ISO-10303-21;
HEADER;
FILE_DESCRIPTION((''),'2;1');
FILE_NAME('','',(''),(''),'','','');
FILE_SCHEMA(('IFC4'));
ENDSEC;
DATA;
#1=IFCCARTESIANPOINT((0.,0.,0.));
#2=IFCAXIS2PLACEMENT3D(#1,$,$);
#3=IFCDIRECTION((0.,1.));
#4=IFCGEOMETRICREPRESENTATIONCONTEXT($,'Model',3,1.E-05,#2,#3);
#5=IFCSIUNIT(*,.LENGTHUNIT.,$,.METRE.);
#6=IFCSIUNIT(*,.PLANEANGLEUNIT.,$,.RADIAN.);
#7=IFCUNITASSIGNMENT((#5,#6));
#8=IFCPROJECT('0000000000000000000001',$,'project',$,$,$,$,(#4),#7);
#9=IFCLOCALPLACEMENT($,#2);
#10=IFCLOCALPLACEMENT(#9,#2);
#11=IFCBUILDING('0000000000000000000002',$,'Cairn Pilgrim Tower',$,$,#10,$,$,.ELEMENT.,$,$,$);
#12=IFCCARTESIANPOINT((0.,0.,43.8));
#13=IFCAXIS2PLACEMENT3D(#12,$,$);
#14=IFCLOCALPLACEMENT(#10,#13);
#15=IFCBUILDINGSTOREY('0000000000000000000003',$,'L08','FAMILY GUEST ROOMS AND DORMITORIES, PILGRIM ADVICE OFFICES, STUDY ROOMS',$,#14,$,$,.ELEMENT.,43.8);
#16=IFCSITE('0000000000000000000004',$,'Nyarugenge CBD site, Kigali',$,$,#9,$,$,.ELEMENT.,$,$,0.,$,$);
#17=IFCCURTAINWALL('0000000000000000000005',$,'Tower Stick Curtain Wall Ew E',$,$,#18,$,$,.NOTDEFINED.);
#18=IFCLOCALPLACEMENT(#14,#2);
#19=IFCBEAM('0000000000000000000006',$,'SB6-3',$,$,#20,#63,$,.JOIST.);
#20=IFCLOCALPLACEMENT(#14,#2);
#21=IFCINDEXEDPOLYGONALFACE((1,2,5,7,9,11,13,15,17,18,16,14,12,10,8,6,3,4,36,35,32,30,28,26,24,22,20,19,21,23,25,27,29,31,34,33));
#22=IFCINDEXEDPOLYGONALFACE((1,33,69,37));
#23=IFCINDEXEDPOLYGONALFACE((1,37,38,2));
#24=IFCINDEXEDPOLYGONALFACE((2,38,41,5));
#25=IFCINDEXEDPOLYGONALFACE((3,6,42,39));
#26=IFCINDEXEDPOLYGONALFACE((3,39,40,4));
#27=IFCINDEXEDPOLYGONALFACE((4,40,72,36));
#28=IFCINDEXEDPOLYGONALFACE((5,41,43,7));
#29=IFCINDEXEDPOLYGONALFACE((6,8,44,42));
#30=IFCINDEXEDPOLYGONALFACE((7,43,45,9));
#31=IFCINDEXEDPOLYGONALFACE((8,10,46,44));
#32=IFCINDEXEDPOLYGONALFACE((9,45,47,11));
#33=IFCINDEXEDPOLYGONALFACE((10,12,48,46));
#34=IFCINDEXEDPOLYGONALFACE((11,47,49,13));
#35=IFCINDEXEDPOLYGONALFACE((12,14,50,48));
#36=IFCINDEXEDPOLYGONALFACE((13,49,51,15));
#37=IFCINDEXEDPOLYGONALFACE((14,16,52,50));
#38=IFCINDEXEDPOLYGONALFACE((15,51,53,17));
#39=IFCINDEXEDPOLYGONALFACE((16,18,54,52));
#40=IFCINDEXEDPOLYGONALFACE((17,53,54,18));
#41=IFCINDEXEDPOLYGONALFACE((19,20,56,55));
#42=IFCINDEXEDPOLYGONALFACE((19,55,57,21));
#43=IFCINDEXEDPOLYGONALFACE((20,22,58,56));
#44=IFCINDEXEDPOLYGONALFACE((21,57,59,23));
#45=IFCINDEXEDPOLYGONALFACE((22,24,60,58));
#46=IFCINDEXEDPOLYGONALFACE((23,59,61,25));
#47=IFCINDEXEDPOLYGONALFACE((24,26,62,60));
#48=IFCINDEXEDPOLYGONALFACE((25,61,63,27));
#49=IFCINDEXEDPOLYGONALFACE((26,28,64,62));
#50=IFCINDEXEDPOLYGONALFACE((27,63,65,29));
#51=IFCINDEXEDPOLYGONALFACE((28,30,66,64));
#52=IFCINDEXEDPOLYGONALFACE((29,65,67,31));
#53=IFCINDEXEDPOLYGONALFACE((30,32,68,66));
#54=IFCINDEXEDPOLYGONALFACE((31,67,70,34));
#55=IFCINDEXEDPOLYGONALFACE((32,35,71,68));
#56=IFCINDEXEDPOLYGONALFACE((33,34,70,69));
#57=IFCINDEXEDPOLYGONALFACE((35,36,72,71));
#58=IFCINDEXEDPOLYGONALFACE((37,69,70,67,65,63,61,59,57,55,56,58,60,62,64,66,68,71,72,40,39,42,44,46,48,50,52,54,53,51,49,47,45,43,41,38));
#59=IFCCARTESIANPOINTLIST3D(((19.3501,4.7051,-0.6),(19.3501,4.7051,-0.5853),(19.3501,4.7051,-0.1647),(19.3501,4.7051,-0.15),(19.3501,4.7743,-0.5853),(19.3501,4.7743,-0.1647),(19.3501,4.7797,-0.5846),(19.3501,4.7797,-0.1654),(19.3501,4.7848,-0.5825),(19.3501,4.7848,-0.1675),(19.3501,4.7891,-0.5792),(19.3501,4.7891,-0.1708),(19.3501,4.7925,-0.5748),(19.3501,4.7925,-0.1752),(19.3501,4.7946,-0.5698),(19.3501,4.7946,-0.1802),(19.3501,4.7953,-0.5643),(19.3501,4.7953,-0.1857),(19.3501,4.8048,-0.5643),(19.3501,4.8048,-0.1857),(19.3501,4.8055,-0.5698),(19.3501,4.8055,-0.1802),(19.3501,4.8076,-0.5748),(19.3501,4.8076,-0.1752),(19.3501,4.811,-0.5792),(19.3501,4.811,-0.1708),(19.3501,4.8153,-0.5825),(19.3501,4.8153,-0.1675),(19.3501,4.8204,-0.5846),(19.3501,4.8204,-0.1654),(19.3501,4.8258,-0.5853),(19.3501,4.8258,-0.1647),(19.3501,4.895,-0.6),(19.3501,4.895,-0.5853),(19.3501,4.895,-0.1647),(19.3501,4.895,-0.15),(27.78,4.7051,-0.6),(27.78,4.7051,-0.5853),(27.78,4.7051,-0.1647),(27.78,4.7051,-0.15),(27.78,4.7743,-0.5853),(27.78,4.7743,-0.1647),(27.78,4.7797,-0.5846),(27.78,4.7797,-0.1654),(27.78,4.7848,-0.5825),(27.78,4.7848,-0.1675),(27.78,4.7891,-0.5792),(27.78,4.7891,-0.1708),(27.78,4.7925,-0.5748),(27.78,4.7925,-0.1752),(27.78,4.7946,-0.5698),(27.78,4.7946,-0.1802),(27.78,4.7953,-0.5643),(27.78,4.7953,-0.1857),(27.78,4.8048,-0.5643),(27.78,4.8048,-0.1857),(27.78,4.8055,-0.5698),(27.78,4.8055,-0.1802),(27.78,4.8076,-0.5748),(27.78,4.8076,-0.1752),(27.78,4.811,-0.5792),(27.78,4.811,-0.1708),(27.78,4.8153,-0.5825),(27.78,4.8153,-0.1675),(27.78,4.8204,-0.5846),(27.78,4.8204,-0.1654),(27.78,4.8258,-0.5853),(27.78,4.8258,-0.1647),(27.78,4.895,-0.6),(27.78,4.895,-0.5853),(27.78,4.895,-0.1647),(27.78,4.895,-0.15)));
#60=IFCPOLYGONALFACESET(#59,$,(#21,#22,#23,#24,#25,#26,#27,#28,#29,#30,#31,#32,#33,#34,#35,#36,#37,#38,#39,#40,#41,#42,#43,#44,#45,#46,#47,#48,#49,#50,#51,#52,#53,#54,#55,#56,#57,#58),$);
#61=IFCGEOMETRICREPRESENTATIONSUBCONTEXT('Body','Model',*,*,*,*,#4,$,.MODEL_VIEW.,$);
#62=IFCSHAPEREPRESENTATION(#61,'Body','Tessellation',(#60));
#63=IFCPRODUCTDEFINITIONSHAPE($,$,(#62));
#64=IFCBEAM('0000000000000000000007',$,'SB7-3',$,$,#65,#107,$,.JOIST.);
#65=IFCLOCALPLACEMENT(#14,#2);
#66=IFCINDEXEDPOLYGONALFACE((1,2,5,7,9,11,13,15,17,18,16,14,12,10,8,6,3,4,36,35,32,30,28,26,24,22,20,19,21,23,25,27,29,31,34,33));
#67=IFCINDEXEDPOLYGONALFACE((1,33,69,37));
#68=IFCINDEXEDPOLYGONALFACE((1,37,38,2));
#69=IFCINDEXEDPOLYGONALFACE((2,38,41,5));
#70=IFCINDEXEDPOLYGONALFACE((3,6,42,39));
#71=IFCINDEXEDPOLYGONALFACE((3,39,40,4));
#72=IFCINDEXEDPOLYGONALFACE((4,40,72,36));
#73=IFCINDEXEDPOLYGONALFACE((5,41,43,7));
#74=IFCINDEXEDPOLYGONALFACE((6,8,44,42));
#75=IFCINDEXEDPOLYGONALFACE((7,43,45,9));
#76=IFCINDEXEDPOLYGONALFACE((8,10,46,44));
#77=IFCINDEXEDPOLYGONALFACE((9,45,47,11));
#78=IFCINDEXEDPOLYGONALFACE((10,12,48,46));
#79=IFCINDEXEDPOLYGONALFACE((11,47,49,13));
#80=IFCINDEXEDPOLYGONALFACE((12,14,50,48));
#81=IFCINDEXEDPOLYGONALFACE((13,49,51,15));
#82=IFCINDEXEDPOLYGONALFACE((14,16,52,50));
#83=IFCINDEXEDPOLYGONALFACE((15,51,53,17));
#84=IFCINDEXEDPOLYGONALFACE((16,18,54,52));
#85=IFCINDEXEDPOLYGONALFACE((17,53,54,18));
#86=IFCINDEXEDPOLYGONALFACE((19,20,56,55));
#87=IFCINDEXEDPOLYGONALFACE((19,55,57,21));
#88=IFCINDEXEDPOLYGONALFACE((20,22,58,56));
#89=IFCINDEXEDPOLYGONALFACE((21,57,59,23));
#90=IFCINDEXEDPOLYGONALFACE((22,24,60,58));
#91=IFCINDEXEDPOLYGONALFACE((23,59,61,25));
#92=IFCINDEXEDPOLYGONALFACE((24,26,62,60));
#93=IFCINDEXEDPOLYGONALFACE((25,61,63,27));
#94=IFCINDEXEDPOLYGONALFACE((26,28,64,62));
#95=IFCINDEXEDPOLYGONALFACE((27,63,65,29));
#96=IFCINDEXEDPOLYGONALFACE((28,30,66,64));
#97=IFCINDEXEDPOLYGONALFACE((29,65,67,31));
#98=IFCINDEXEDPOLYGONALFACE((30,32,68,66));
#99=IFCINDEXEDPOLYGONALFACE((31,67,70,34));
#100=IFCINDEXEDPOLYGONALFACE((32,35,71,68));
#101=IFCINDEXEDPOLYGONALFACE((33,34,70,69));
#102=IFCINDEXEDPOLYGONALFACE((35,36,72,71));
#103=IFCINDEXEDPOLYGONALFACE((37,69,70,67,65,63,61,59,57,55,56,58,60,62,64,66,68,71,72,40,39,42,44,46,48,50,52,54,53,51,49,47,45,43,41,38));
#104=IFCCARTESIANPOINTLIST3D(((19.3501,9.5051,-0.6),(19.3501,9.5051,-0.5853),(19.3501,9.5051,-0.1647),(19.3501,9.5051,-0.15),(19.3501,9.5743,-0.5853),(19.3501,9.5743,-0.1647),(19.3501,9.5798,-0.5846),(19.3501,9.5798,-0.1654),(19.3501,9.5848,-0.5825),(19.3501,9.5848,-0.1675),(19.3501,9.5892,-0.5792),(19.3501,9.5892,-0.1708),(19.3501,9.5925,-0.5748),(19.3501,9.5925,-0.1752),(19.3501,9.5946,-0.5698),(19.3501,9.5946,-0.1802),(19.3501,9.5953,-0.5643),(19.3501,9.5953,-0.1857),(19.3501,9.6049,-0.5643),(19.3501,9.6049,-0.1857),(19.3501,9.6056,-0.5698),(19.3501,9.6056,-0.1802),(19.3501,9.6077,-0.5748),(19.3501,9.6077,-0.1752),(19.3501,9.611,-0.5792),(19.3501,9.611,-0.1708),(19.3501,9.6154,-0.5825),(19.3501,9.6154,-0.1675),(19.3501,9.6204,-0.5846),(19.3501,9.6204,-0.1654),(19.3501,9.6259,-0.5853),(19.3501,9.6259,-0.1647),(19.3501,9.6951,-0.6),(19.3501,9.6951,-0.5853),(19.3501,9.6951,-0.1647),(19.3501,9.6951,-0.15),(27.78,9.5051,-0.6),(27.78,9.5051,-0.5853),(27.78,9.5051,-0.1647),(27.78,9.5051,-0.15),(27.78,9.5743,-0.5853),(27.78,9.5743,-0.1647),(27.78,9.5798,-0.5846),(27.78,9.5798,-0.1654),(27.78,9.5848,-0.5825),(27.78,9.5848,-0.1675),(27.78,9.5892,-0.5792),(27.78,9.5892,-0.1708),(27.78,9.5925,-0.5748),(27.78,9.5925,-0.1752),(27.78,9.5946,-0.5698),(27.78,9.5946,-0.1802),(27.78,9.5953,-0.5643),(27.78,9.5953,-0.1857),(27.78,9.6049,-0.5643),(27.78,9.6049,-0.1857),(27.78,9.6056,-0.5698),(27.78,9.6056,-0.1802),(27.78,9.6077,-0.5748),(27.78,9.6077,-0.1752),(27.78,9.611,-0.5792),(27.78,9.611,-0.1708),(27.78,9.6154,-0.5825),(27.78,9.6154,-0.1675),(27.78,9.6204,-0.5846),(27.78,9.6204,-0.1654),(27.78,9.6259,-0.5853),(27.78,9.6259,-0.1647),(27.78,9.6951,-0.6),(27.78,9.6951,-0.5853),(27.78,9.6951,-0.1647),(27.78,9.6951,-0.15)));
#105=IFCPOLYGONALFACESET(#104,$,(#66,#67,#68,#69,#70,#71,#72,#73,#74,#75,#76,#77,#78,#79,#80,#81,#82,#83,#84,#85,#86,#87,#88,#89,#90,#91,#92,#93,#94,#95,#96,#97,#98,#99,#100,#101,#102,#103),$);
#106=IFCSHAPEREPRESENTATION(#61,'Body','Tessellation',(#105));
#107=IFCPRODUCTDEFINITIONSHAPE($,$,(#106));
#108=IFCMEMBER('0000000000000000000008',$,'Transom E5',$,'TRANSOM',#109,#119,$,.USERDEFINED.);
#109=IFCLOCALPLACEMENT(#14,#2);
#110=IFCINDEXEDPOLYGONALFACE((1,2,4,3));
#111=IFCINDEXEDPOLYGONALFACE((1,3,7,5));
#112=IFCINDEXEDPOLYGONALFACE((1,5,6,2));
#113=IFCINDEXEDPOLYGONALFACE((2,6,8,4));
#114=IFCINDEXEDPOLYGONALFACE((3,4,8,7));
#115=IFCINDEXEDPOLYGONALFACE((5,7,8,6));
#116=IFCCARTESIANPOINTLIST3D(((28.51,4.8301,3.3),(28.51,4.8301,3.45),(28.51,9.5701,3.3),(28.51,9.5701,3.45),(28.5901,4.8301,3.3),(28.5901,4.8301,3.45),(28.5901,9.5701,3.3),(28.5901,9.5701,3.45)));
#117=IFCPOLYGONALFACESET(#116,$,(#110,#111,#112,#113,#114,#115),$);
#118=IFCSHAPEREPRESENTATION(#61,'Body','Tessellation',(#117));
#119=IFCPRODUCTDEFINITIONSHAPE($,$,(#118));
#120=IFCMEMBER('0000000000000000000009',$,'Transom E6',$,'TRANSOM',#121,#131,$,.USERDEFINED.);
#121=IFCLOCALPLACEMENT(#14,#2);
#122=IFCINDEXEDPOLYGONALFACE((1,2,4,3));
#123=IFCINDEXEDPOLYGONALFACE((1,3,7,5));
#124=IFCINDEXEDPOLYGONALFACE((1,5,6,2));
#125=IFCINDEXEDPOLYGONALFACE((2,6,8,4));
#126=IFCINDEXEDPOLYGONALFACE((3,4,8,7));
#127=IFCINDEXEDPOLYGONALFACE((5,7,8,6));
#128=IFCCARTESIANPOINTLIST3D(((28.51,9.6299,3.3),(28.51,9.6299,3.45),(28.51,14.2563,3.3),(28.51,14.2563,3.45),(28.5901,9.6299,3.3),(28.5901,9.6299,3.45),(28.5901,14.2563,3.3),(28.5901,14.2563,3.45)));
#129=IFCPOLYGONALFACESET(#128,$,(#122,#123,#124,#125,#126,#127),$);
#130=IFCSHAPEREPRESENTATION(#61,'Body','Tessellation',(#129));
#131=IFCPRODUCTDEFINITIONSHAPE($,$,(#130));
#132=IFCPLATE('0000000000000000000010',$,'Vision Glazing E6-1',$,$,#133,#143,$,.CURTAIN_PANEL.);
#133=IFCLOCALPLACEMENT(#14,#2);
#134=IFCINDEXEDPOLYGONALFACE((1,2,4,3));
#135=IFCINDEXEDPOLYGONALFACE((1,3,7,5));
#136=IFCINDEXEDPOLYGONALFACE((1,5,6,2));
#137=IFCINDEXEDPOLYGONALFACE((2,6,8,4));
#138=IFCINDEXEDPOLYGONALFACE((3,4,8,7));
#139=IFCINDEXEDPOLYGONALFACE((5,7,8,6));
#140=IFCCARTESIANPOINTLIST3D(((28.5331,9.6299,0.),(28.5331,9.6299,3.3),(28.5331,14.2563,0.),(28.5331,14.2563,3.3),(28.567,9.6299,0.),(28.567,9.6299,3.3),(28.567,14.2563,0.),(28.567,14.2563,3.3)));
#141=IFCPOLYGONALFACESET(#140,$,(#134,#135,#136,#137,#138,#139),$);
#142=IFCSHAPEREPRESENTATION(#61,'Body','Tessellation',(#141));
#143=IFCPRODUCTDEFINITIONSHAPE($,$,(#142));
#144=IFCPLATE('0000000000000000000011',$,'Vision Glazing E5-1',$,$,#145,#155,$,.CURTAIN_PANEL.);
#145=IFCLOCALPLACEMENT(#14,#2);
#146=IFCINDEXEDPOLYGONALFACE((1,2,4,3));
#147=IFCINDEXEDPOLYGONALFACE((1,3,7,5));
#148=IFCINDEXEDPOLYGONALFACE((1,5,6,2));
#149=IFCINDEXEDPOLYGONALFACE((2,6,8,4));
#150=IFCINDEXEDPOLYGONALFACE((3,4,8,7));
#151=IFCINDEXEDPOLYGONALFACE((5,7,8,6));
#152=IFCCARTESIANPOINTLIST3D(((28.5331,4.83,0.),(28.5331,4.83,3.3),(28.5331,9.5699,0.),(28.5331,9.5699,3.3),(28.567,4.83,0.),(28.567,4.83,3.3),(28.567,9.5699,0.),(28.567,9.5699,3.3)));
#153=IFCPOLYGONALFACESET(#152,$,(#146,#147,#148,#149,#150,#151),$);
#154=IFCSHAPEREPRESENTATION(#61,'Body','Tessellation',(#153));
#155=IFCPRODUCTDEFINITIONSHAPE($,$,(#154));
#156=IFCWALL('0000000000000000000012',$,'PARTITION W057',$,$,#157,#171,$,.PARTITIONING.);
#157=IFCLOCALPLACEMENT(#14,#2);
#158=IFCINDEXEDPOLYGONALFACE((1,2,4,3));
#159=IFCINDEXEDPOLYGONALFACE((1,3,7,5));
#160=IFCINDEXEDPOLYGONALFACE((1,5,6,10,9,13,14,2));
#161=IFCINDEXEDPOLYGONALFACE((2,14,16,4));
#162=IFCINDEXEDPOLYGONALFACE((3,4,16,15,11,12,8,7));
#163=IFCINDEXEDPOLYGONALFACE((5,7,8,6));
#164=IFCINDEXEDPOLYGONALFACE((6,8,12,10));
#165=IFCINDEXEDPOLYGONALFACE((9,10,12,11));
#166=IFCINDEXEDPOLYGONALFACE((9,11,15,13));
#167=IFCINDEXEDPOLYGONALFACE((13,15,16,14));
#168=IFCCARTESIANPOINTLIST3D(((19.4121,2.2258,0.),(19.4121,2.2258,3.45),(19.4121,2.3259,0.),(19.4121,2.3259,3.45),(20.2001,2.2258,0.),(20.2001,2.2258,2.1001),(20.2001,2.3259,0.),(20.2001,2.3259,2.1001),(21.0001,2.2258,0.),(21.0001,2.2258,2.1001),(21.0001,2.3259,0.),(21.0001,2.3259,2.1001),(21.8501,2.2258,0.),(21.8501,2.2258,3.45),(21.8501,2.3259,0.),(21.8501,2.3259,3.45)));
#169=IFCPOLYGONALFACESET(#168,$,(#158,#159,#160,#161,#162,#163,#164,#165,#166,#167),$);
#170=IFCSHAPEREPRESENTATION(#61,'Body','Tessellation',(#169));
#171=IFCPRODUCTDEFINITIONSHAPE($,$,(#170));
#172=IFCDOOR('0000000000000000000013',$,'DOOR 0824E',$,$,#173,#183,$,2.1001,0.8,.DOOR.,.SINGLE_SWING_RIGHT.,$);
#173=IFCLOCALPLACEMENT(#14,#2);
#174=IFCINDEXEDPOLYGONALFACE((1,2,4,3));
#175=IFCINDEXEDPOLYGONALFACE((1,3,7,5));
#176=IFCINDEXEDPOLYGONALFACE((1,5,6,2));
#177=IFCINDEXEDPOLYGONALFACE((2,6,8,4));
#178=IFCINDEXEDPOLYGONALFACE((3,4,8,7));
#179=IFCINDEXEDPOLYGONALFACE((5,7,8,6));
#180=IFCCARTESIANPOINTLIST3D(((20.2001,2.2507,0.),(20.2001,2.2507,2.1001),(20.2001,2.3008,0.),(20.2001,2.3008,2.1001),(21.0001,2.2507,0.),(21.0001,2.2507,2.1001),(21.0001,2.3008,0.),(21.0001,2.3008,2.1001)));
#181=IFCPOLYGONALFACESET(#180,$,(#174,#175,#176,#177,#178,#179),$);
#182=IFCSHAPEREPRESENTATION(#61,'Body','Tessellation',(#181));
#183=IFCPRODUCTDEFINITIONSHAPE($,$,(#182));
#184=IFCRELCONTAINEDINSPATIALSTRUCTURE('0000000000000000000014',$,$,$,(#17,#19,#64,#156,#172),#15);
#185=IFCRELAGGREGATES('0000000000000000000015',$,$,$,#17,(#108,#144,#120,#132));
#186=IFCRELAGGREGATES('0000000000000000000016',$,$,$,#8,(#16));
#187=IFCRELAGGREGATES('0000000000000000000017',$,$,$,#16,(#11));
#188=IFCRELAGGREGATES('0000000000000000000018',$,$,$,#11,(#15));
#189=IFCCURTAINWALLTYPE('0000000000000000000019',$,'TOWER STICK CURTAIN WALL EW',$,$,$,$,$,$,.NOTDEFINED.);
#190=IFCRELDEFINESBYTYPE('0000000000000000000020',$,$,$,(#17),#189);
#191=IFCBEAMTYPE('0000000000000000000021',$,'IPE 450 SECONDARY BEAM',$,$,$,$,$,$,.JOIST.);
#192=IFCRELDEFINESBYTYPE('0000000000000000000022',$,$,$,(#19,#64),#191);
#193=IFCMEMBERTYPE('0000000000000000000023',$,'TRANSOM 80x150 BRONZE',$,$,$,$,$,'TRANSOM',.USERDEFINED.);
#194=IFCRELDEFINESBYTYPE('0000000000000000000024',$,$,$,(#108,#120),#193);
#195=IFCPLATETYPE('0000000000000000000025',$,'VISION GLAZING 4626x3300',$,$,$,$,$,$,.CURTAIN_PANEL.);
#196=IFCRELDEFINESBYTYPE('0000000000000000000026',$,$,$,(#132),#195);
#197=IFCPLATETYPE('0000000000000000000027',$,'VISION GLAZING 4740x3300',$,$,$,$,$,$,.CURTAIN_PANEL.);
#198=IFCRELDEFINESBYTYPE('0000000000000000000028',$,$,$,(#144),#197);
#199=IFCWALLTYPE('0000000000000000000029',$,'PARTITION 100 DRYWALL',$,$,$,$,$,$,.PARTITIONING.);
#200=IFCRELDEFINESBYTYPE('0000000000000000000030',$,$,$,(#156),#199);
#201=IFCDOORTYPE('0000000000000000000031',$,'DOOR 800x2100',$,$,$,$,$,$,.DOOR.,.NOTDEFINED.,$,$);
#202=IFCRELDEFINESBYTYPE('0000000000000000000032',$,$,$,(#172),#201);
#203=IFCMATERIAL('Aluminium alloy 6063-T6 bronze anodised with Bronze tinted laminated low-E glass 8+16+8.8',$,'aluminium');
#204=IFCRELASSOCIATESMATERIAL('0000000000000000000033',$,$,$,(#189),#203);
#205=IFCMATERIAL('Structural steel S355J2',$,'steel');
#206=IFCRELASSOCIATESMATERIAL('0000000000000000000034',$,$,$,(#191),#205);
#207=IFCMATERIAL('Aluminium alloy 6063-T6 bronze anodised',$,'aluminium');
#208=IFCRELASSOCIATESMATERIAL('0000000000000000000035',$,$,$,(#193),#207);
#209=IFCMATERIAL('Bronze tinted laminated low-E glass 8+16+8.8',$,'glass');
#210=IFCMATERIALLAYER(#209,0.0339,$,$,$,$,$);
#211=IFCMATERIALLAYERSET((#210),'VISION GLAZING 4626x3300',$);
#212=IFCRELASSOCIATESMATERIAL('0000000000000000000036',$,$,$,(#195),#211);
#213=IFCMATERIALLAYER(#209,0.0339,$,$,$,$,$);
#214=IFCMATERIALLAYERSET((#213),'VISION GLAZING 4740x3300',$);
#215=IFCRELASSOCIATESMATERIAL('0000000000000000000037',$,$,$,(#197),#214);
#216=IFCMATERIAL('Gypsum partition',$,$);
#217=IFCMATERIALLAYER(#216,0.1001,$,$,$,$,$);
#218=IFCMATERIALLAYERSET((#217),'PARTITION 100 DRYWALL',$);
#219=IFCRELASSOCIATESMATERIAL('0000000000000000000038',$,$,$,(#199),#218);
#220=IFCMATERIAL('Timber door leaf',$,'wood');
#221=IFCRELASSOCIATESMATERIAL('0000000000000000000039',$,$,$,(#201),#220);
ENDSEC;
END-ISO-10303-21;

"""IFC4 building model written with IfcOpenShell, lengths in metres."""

from ifc_helpers import new_model, si_unit, direction, frame, frame_2d, origin, origin_2d, place, context, subcontext, project, spatial, rectangle, i_section, extrude, material, layer, layer_set, material_profile, profile_set, type_object, element, fill, aggregate, save


model = new_model("IFC4")

# Units and contexts
model_context = context("Model", 3, precision=1e-05, world=origin(), true_north=direction((0.0, 1.0)))
body_context = subcontext(model_context, "Body", "Model", "MODEL_VIEW")
ifc_project = project(units=[si_unit("LENGTHUNIT", "METRE"), si_unit("PLANEANGLEUNIT", "RADIAN")], contexts=[model_context])

# Site, building, storey
site_placement = place(None, origin())
site = spatial("IfcSite", under=ifc_project, at=site_placement, Name="Nyarugenge CBD site, Kigali", CompositionType="ELEMENT", RefElevation=0.0)
building_placement = place(site_placement, origin())
building = spatial("IfcBuilding", under=site, at=building_placement, Name="Cairn Pilgrim Tower", CompositionType="ELEMENT")
storey_placement = place(building_placement, frame((0.0, 0.0, 43.8)))
storey = spatial("IfcBuildingStorey", under=building, at=storey_placement, Name="L08", Description="FAMILY GUEST ROOMS AND DORMITORIES, PILGRIM ADVICE OFFICES, STUDY ROOMS", CompositionType="ELEMENT", Elevation=43.8)

# Curtain wall
ifc_material_1 = material(Name="Aluminium alloy 6063-T6 bronze anodised with Bronze tinted laminated low-E glass 8+16+8.8", Category="aluminium")
curtain_wall_type = type_object("IfcCurtainWallType", Name="TOWER STICK CURTAIN WALL EW", PredefinedType="NOTDEFINED", material=ifc_material_1)
curtain_wall_placement = place(storey_placement, origin())
curtain_wall = element("IfcCurtainWall", 1, at=curtain_wall_placement, inside=storey, type_object=curtain_wall_type, Name="Tower Stick Curtain Wall Ew E", PredefinedType="NOTDEFINED")
ifc_material_2 = material(Name="Aluminium alloy 6063-T6 bronze anodised", Category="aluminium")

# Beams
ifc_material_3 = material(Name="Structural steel S355J2", Category="steel")
ifc_material_profile_1 = material_profile(ifc_material_3, i_section(OverallWidth=0.1899, OverallDepth=0.45, WebThickness=0.0095, FlangeThickness=0.0146, FilletRadius=0.021, at=origin_2d()), Name="IPE 450")
ifc_profile_set_1 = profile_set([ifc_material_profile_1], Name="Structural steel S355J2")
beam_type_1 = type_object("IfcBeamType", Name="IPE 450 SECONDARY BEAM", PredefinedType="JOIST", material=ifc_profile_set_1)
for number, where, z_axis, x_axis, name in (
    (2, (19.3501, 4.8, -0.375), (1.0, 0.0, 0.0), (0.0, 1.0, 0.0), "SB6-3"),
    (3, (19.3501, 9.6001, -0.375), (1.0, 0.0, 0.0), (0.0, 1.0, 0.0), "SB7-3"),
):
    element("IfcBeam", number, at=place(storey_placement, frame(where, z_axis=z_axis, x_axis=x_axis)), inside=storey, type_object=beam_type_1, Name=name, PredefinedType="JOIST", context=body_context, shape_type="SweptSolid", body=[
        extrude(i_section(OverallWidth=0.1899, OverallDepth=0.45, WebThickness=0.0095, FlangeThickness=0.0146, FilletRadius=0.021, at=origin_2d()), origin(), (0.0, 0.0, 1.0), 8.4299),
    ])

# Members
ifc_material_profile_2 = material_profile(ifc_material_2, rectangle(XDim=0.0801, YDim=0.1499, at=origin_2d()), Name="TRANSOM 80x150 BRONZE")
ifc_profile_set_2 = profile_set([ifc_material_profile_2], Name="Aluminium alloy 6063-T6 bronze anodised")
member_type_1 = type_object("IfcMemberType", Name="TRANSOM 80x150 BRONZE", ElementType="TRANSOM", PredefinedType="USERDEFINED", material=ifc_profile_set_2)
member_1_placement = place(storey_placement, frame((28.55, 4.8301, 3.375), z_axis=(0.0, 1.0, 0.0), x_axis=(-1.0, 0.0, 0.0)))
member_1 = element("IfcMember", 4, at=member_1_placement, type_object=member_type_1, Name="Transom E5", ObjectType="TRANSOM", PredefinedType="USERDEFINED", context=body_context, shape_type="SweptSolid", body=[
    extrude(rectangle(XDim=0.0801, YDim=0.1499, at=origin_2d()), origin(), (0.0, 0.0, 1.0), 4.74),
])
member_2_placement = place(storey_placement, frame((28.55, 9.6299, 3.375), z_axis=(0.0, 1.0, 0.0), x_axis=(-1.0, 0.0, 0.0)))
member_2 = element("IfcMember", 5, at=member_2_placement, type_object=member_type_1, Name="Transom E6", ObjectType="TRANSOM", PredefinedType="USERDEFINED", context=body_context, shape_type="SweptSolid", body=[
    extrude(rectangle(XDim=0.0801, YDim=0.1499, at=origin_2d()), origin(), (0.0, 0.0, 1.0), 4.6265),
])

# Plates
ifc_material_4 = material(Name="Bronze tinted laminated low-E glass 8+16+8.8", Category="glass")
ifc_layer_1 = layer(ifc_material_4, 0.0339)
ifc_layer_set_1 = layer_set([ifc_layer_1], Name="VISION GLAZING 4626x3300")
plate_type_1 = type_object("IfcPlateType", Name="VISION GLAZING 4626x3300", PredefinedType="CURTAIN_PANEL", material=ifc_layer_set_1)
plate_1_placement = place(storey_placement, frame((28.55, 11.9431, 0.0), z_axis=(0.0, 0.0, 1.0), x_axis=(0.0, 1.0, 0.0)))
plate_1 = element("IfcPlate", 6, at=plate_1_placement, type_object=plate_type_1, Name="Vision Glazing E6-1", PredefinedType="CURTAIN_PANEL", context=body_context, shape_type="SweptSolid", body=[
    extrude(rectangle(XDim=4.6265, YDim=0.0339, at=origin_2d()), origin(), (0.0, 0.0, 1.0), 3.3),
])
ifc_layer_2 = layer(ifc_material_4, 0.0339)
ifc_layer_set_2 = layer_set([ifc_layer_2], Name="VISION GLAZING 4740x3300")
plate_type_2 = type_object("IfcPlateType", Name="VISION GLAZING 4740x3300", PredefinedType="CURTAIN_PANEL", material=ifc_layer_set_2)
plate_2_placement = place(storey_placement, frame((28.55, 7.2, 0.0), z_axis=(0.0, 0.0, 1.0), x_axis=(0.0, 1.0, 0.0)))
plate_2 = element("IfcPlate", 7, at=plate_2_placement, type_object=plate_type_2, Name="Vision Glazing E5-1", PredefinedType="CURTAIN_PANEL", context=body_context, shape_type="SweptSolid", body=[
    extrude(rectangle(XDim=4.74, YDim=0.0339, at=origin_2d()), origin(), (0.0, 0.0, 1.0), 3.3),
])
aggregate(curtain_wall, [member_1, plate_2, member_2, plate_1])

# Wall, opening, door
ifc_material_5 = material(Name="Gypsum partition")
ifc_layer_3 = layer(ifc_material_5, 0.1001)
ifc_layer_set_3 = layer_set([ifc_layer_3], Name="PARTITION 100 DRYWALL")
wall_type_1 = type_object("IfcWallType", Name="PARTITION 100 DRYWALL", PredefinedType="PARTITIONING", material=ifc_layer_set_3)
wall_1_placement = place(storey_placement, frame((19.4121, 2.2759, 0.0), z_axis=(0.0, 0.0, 1.0), x_axis=(1.0, 0.0, 0.0)))
wall_1 = element("IfcWall", 8, at=wall_1_placement, inside=storey, type_object=wall_type_1, Name="PARTITION W057", PredefinedType="PARTITIONING", context=body_context, shape_type="SweptSolid", body=[
    extrude(rectangle(XDim=2.438, YDim=0.1001, at=frame_2d((1.219, 0.0))), origin(), (0.0, 0.0, 1.0), 3.45),
])
opening_1_placement = place(wall_1_placement, frame((0.7881, 0.0, 0.0)))
opening_1 = element("IfcOpeningElement", 9, at=opening_1_placement, cuts=wall_1, PredefinedType="OPENING", context=body_context, shape_type="SweptSolid", body=[
    extrude(rectangle(XDim=0.8, YDim=2.1001, at=frame_2d((0.3999, 1.05))), frame((0.0, 0.0601, 0.0), z_axis=(0.0, -1.0, 0.0), x_axis=(1.0, 0.0, 0.0)), (0.0, 0.0, 1.0), 0.1201),
])
ifc_material_6 = material(Name="Timber door leaf", Category="wood")
door_type_1 = type_object("IfcDoorType", Name="DOOR 800x2100", OperationType="NOTDEFINED", PredefinedType="DOOR", material=ifc_material_6)
door_1_placement = place(opening_1_placement, origin())
door_1 = element("IfcDoor", 10, at=door_1_placement, inside=storey, type_object=door_type_1, Name="DOOR 0824E", OperationType="SINGLE_SWING_RIGHT", OverallHeight=2.1001, OverallWidth=0.8, PredefinedType="DOOR", context=body_context, shape_type="SweptSolid", body=[
    extrude(rectangle(XDim=0.8, YDim=2.1001, at=frame_2d((0.3999, 1.05))), frame((0.0, 0.0249, 0.0), z_axis=(0.0, -1.0, 0.0), x_axis=(1.0, 0.0, 0.0)), (0.0, 0.0, 1.0), 0.05),
])
fill(opening_1, door_1)

save(model, "model.ifc")
